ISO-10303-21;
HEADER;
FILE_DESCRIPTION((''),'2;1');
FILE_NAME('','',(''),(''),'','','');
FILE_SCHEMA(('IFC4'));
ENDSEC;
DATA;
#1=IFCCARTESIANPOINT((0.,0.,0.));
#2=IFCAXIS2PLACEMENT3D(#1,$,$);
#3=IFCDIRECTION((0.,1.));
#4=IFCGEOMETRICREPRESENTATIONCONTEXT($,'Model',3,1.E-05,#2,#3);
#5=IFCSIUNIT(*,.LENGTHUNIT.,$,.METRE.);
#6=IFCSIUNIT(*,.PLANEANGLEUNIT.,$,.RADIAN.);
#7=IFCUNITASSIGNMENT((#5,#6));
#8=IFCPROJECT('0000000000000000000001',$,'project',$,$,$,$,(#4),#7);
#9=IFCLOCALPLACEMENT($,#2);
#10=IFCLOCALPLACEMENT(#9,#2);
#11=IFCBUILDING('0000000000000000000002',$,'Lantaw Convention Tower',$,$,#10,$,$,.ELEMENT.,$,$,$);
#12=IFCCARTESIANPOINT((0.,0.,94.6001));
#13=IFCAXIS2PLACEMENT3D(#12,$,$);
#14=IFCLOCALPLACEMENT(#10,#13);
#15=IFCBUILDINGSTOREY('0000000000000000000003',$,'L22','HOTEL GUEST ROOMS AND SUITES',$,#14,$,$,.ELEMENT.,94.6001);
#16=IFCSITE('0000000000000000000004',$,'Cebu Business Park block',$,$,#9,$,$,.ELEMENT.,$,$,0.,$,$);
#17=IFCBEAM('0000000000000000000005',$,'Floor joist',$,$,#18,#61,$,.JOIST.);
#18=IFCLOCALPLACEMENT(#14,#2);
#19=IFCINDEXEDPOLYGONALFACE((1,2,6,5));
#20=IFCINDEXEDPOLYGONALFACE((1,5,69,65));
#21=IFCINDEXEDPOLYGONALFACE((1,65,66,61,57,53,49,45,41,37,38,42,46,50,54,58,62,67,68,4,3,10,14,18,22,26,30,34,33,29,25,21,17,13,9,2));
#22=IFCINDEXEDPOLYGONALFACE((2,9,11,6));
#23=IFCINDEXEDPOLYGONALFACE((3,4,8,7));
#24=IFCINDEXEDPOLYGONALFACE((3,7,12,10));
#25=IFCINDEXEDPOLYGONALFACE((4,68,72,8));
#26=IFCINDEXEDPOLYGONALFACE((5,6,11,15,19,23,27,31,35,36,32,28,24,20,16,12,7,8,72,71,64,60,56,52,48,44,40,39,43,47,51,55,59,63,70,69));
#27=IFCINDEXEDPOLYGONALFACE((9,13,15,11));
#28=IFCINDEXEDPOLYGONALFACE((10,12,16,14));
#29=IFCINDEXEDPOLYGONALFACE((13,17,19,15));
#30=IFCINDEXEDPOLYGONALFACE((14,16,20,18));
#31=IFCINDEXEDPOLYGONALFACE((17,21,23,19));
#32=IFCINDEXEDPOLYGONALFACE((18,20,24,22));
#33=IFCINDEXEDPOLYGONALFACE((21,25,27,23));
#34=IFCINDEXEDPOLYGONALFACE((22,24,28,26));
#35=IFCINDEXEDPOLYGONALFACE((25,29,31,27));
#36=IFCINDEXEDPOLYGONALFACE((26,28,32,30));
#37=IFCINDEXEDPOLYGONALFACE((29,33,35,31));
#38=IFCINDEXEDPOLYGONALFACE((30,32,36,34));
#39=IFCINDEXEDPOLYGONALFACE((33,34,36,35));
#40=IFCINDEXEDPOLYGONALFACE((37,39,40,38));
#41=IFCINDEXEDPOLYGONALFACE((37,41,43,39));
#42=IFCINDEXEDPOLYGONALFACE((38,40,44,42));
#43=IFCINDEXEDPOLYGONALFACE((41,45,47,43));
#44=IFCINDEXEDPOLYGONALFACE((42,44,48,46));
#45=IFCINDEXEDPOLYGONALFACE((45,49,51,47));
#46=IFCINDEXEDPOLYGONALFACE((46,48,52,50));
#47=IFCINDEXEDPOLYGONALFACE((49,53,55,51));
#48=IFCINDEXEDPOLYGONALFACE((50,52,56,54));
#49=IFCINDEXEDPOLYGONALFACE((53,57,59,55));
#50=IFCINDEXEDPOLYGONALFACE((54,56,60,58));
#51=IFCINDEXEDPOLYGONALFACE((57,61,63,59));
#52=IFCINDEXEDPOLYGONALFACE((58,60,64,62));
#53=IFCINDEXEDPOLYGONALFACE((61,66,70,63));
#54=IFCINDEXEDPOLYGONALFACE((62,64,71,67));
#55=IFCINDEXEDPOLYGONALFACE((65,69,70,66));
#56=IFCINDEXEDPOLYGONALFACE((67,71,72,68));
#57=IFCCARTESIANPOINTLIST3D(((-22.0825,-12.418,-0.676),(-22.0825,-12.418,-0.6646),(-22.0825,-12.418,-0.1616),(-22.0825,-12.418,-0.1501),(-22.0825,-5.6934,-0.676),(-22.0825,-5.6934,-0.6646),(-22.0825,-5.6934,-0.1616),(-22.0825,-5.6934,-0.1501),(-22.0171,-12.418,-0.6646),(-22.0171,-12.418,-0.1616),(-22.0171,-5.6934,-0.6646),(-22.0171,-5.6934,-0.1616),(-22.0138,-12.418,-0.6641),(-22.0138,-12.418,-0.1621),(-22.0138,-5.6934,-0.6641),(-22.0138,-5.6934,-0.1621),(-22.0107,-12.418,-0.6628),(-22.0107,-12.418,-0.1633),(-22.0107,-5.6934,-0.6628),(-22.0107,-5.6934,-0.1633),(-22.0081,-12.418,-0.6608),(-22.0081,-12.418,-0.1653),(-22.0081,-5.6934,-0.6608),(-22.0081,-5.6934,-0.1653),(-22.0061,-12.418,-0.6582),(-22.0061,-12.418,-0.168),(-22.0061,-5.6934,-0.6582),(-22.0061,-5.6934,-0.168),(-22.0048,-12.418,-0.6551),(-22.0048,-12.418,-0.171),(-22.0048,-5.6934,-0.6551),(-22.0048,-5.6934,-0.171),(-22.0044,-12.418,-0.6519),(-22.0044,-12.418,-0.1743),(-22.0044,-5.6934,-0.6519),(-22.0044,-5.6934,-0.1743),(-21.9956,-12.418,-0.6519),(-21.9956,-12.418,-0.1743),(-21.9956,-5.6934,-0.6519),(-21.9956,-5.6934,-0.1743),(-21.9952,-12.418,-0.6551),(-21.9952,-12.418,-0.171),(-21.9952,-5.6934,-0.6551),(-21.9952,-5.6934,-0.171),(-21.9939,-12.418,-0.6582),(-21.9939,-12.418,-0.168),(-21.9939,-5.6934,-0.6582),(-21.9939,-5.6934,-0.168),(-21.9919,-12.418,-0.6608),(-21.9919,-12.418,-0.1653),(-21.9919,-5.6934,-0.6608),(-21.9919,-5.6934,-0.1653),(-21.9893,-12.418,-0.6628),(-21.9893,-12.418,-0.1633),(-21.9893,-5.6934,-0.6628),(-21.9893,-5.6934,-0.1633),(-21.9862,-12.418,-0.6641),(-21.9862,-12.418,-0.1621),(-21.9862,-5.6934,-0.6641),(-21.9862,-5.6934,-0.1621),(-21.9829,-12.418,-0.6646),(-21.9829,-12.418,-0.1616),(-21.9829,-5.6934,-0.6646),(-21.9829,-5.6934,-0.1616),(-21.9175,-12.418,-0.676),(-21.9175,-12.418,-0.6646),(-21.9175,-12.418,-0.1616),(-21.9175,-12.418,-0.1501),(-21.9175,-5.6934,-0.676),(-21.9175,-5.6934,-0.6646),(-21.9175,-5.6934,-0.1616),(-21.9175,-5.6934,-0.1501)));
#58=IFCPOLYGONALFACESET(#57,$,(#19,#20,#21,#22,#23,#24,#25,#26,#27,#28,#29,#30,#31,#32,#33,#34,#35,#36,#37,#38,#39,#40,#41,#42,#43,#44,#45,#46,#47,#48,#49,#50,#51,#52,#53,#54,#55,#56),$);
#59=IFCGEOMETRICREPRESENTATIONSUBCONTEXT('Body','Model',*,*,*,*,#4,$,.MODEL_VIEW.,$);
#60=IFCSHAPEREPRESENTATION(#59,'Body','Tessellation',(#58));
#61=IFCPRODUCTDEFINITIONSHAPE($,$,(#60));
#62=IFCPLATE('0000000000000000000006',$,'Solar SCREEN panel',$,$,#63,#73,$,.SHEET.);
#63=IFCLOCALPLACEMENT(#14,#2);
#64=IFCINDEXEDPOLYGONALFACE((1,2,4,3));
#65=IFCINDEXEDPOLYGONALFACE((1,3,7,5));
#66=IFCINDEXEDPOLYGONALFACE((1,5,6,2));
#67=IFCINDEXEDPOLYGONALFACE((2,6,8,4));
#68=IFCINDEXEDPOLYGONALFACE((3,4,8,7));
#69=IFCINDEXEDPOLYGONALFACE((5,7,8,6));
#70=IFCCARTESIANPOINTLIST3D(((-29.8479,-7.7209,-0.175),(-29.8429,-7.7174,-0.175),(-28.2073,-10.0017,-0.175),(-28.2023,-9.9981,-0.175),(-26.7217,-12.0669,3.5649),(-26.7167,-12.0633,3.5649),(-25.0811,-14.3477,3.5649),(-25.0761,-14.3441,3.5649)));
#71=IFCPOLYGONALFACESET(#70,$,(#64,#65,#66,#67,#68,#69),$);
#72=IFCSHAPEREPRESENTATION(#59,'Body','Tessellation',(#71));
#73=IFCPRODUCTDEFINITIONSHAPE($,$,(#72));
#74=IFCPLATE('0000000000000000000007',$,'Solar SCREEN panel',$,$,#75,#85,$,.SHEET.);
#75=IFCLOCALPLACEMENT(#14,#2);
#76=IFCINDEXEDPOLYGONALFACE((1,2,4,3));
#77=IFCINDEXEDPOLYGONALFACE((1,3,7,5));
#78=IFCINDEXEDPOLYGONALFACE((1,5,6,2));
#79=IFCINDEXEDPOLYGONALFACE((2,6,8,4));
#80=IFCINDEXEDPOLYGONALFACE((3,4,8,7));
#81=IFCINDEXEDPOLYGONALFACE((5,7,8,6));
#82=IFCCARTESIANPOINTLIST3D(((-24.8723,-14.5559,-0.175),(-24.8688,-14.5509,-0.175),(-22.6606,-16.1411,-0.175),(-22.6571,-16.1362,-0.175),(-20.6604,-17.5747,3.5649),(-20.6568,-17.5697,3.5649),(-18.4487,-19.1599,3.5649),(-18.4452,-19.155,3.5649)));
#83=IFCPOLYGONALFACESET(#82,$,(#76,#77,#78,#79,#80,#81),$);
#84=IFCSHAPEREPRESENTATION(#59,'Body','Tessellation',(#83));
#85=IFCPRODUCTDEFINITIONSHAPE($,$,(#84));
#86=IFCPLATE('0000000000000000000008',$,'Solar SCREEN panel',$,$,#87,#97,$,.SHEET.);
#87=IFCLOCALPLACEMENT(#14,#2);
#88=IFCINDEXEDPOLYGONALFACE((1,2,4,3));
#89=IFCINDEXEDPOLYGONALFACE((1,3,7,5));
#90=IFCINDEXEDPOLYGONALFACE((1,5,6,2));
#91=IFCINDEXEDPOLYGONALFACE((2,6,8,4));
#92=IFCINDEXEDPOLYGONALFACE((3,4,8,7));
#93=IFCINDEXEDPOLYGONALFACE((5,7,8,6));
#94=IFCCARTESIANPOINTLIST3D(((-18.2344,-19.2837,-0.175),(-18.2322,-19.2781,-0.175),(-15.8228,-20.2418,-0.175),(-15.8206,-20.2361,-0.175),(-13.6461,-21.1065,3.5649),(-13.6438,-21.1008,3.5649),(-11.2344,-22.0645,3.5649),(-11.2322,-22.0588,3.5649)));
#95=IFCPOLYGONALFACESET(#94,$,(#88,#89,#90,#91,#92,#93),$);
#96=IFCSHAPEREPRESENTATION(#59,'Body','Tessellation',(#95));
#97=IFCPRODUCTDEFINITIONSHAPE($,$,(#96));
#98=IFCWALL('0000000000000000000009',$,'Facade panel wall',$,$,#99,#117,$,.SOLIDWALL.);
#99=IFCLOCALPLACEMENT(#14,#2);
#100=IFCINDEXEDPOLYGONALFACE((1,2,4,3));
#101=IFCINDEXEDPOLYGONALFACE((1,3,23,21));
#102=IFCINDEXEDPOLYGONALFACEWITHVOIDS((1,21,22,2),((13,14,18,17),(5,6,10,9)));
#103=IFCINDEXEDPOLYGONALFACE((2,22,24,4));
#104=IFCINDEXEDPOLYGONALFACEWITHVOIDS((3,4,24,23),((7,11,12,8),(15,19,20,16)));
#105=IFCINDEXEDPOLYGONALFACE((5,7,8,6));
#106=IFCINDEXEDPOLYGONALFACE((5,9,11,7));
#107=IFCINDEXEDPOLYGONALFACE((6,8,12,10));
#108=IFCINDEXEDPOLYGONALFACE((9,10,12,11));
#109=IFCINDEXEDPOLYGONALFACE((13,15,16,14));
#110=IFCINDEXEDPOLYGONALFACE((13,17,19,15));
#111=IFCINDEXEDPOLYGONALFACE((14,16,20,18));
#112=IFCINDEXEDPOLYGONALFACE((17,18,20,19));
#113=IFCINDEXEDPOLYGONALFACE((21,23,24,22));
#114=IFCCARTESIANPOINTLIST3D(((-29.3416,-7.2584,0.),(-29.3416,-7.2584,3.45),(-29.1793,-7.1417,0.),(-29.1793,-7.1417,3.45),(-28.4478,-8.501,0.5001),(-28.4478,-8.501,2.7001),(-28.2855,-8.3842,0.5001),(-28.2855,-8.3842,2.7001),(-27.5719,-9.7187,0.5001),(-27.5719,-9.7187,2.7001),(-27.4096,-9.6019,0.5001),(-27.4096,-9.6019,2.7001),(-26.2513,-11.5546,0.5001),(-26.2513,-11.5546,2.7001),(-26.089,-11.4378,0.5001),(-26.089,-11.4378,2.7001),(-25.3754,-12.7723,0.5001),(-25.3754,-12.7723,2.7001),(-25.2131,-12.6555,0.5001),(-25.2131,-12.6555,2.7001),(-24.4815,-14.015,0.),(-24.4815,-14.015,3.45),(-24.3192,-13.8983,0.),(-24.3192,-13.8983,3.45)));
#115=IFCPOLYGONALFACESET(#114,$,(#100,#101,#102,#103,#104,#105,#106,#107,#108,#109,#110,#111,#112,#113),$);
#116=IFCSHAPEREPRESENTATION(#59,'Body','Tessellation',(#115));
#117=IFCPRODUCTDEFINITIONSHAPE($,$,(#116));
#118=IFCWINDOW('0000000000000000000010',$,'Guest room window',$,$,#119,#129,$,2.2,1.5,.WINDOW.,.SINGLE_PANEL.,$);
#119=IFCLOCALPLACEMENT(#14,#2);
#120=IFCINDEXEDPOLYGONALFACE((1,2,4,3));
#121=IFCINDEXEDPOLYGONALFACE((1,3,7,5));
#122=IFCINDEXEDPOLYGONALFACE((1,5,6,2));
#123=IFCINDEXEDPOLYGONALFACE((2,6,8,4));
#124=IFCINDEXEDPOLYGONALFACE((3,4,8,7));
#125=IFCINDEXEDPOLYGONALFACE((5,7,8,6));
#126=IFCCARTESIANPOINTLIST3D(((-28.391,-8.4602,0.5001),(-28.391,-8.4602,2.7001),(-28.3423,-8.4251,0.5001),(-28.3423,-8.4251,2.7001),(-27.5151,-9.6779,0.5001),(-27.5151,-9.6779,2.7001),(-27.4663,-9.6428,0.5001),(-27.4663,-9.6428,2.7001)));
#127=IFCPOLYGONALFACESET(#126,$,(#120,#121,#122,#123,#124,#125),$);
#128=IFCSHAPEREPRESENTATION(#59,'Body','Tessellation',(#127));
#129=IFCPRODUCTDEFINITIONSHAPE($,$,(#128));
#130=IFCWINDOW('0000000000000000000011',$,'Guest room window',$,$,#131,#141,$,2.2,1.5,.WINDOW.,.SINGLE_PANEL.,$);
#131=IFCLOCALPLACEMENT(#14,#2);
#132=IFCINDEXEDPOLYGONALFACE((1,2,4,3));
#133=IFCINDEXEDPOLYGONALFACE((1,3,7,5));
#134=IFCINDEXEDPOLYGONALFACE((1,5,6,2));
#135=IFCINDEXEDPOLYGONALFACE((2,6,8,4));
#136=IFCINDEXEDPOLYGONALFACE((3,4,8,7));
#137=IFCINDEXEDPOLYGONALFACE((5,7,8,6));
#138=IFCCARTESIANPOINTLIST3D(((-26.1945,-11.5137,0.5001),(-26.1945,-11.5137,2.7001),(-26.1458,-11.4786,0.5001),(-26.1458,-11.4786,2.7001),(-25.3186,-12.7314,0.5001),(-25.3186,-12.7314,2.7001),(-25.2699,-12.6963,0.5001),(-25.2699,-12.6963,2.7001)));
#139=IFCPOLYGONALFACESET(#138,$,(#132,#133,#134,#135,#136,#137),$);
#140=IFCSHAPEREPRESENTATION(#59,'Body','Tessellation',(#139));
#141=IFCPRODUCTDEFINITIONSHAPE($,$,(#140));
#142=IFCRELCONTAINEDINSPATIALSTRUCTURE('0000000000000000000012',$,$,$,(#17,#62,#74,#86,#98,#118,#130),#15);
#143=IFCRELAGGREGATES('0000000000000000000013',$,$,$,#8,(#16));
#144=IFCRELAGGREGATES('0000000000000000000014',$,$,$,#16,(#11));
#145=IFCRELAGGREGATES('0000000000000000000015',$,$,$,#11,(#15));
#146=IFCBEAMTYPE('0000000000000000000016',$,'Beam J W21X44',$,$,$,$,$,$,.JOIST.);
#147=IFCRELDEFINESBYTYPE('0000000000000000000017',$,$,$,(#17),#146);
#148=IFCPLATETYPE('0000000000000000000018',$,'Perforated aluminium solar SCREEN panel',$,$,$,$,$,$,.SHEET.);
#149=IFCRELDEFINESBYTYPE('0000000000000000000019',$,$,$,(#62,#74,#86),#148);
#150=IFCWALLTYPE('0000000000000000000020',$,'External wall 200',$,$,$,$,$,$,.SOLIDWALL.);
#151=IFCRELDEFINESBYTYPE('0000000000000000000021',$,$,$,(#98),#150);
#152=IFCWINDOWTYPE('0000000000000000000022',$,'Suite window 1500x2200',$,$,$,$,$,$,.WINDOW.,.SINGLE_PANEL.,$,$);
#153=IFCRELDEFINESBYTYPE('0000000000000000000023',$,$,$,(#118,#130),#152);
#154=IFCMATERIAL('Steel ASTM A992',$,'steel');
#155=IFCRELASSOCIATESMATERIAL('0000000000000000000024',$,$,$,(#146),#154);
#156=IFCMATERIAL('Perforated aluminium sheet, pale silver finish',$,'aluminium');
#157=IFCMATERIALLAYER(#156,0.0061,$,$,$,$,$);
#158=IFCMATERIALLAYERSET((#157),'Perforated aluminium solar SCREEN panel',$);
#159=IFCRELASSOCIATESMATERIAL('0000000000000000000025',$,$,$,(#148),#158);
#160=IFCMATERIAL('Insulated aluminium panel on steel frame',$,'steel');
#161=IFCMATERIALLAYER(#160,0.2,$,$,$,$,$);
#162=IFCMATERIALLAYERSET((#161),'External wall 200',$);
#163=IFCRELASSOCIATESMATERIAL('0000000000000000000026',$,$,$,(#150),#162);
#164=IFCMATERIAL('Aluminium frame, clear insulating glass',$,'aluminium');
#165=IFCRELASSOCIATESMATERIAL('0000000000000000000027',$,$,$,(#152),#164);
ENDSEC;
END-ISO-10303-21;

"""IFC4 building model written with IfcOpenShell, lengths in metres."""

from ifc_helpers import new_model, si_unit, direction, frame, frame_2d, origin, origin_2d, place, context, subcontext, project, spatial, polyline, rectangle, i_section, outline, extrude, material, layer, layer_set, material_profile, profile_set, type_object, element, fill, save


model = new_model("IFC4")

# Units and contexts
model_context = context("Model", 3, precision=1e-05, world=origin(), true_north=direction((0.0, 1.0)))
body_context = subcontext(model_context, "Body", "Model", "MODEL_VIEW")
ifc_project = project(units=[si_unit("LENGTHUNIT", "METRE"), si_unit("PLANEANGLEUNIT", "RADIAN")], contexts=[model_context])

# Site, building, storey
site_placement = place(None, origin())
site = spatial("IfcSite", under=ifc_project, at=site_placement, Name="Cebu Business Park block", CompositionType="ELEMENT", RefElevation=0.0)
building_placement = place(site_placement, origin())
building = spatial("IfcBuilding", under=site, at=building_placement, Name="Lantaw Convention Tower", CompositionType="ELEMENT")
storey_placement = place(building_placement, frame((0.0, 0.0, 94.6001)))
storey = spatial("IfcBuildingStorey", under=building, at=storey_placement, Name="L22", Description="HOTEL GUEST ROOMS AND SUITES", CompositionType="ELEMENT", Elevation=94.6001)

# Beam
ifc_material_1 = material(Name="Steel ASTM A992", Category="steel")
ifc_material_profile_1 = material_profile(ifc_material_1, i_section(OverallWidth=0.165, OverallDepth=0.5259, WebThickness=0.0088, FlangeThickness=0.0115, FilletRadius=0.0127, at=origin_2d()), Name="W21X44")
ifc_profile_set_1 = profile_set([ifc_material_profile_1], Name="Steel ASTM A992")
beam_type_1 = type_object("IfcBeamType", Name="Beam J W21X44", PredefinedType="JOIST", material=ifc_profile_set_1)
beam_1_placement = place(storey_placement, frame((-22.0, -12.418, -0.4131), z_axis=(0.0, 1.0, 0.0), x_axis=(-1.0, 0.0, 0.0)))
element("IfcBeam", 1, at=beam_1_placement, inside=storey, type_object=beam_type_1, Name="Floor joist", PredefinedType="JOIST", context=body_context, shape_type="SweptSolid", body=[
    extrude(i_section(OverallWidth=0.165, OverallDepth=0.5259, WebThickness=0.0088, FlangeThickness=0.0115, FilletRadius=0.0127, at=origin_2d()), origin(), (0.0, 0.0, 1.0), 6.7246),
])

# Plates
ifc_material_2 = material(Name="Perforated aluminium sheet, pale silver finish", Category="aluminium")
ifc_layer_1 = layer(ifc_material_2, 0.0061)
ifc_layer_set_1 = layer_set([ifc_layer_1], Name="Perforated aluminium solar SCREEN panel")
plate_type = type_object("IfcPlateType", Name="Perforated aluminium solar SCREEN panel", PredefinedType="SHEET", material=ifc_layer_set_1)
plate_1_placement = place(storey_placement, frame((-29.8479, -7.7209, -0.175), z_axis=(-0.811791, -0.583948, 0.000009), x_axis=(0.583948, -0.811791, 0.0)))
element("IfcPlate", 2, at=plate_1_placement, inside=storey, type_object=plate_type, Name="Solar SCREEN panel", PredefinedType="SHEET", context=body_context, shape_type="SweptSolid", body=[
    extrude(outline(polyline([(0.0, 0.0), (2.8095, 0.0), (8.1631, 3.74), (5.3536, 3.74), (0.0, 0.0)])), origin(), (0.0, 0.0, -1.0), 0.0061),
])
plate_2_placement = place(storey_placement, frame((-24.8723, -14.5559, -0.175), z_axis=(-0.582561, -0.812787, 0.000016), x_axis=(0.812787, -0.582561, 0.0)))
element("IfcPlate", 3, at=plate_2_placement, inside=storey, type_object=plate_type, Name="Solar SCREEN panel", PredefinedType="SHEET", context=body_context, shape_type="SweptSolid", body=[
    extrude(outline(polyline([(0.0, 0.0), (2.7211, 0.0), (7.9031, 3.74), (5.182, 3.74), (0.0, 0.0)])), origin(), (0.0, 0.0, -1.0), 0.0061),
])
plate_3_placement = place(storey_placement, frame((-18.2322, -19.2781, -0.175), z_axis=(0.369184, 0.929357, 0.000009), x_axis=(0.929357, -0.369184, 0.0)))
element("IfcPlate", 4, at=plate_3_placement, inside=storey, type_object=plate_type, Name="Solar SCREEN panel", PredefinedType="SHEET", context=body_context, shape_type="SweptSolid", body=[
    extrude(outline(polyline([(0.0, 0.0), (2.5949, 0.0), (7.5321, -3.74), (4.9372, -3.74), (0.0, 0.0)])), origin(), (0.0, 0.0, -1.0), 0.0061),
])

# Wall, openings, windows
ifc_material_3 = material(Name="Insulated aluminium panel on steel frame", Category="steel")
ifc_layer_2 = layer(ifc_material_3, 0.2)
ifc_layer_set_2 = layer_set([ifc_layer_2], Name="External wall 200")
wall_type_1 = type_object("IfcWallType", Name="External wall 200", PredefinedType="SOLIDWALL", material=ifc_layer_set_2)
wall_1_placement = place(storey_placement, frame((-29.2605, -7.2, 0.0), z_axis=(0.0, 0.0, 1.0), x_axis=(0.583938, -0.811799, 0.0)))
wall_1 = element("IfcWall", 5, at=wall_1_placement, inside=storey, type_object=wall_type_1, Name="Facade panel wall", PredefinedType="SOLIDWALL", context=body_context, shape_type="SweptSolid", body=[
    extrude(rectangle(XDim=8.323, YDim=0.2, at=frame_2d((4.1616, 0.0))), origin(), (0.0, 0.0, 1.0), 3.45),
])
opening_1_placement = place(wall_1_placement, frame((1.5308, 0.0, 0.5)))
opening_1 = element("IfcOpeningElement", 6, at=opening_1_placement, cuts=wall_1, PredefinedType="OPENING", context=body_context, shape_type="SweptSolid", body=[
    extrude(rectangle(XDim=1.5, YDim=2.2, at=frame_2d((0.75, 1.1001))), frame((0.0, 0.1099, 0.0), z_axis=(0.0, -1.0, 0.0), x_axis=(1.0, 0.0, 0.0)), (0.0, 0.0, 1.0), 0.22),
])
opening_2_placement = place(wall_1_placement, frame((5.2922, 0.0, 0.5)))
opening_2 = element("IfcOpeningElement", 7, at=opening_2_placement, cuts=wall_1, PredefinedType="OPENING", context=body_context, shape_type="SweptSolid", body=[
    extrude(rectangle(XDim=1.5, YDim=2.2, at=frame_2d((0.75, 1.1001))), frame((0.0, 0.1099, 0.0), z_axis=(0.0, -1.0, 0.0), x_axis=(1.0, 0.0, 0.0)), (0.0, 0.0, 1.0), 0.22),
])
ifc_material_4 = material(Name="Aluminium frame, clear insulating glass", Category="aluminium")
window_type = type_object("IfcWindowType", Name="Suite window 1500x2200", PartitioningType="SINGLE_PANEL", PredefinedType="WINDOW", material=ifc_material_4)
window_1_placement = place(opening_1_placement, origin())
window_1 = element("IfcWindow", 8, at=window_1_placement, inside=storey, type_object=window_type, Name="Guest room window", OverallHeight=2.2, OverallWidth=1.5, PartitioningType="SINGLE_PANEL", PredefinedType="WINDOW", context=body_context, shape_type="SweptSolid", body=[
    extrude(rectangle(XDim=1.5, YDim=2.2, at=frame_2d((0.75, 1.1001))), frame((0.0, 0.03, 0.0), z_axis=(0.0, -1.0, 0.0), x_axis=(1.0, 0.0, 0.0)), (0.0, 0.0, 1.0), 0.0601),
])
fill(opening_1, window_1)
window_2_placement = place(opening_2_placement, origin())
window_2 = element("IfcWindow", 9, at=window_2_placement, inside=storey, type_object=window_type, Name="Guest room window", OverallHeight=2.2, OverallWidth=1.5, PartitioningType="SINGLE_PANEL", PredefinedType="WINDOW", context=body_context, shape_type="SweptSolid", body=[
    extrude(rectangle(XDim=1.5, YDim=2.2, at=frame_2d((0.75, 1.1001))), frame((0.0, 0.03, 0.0), z_axis=(0.0, -1.0, 0.0), x_axis=(1.0, 0.0, 0.0)), (0.0, 0.0, 1.0), 0.0601),
])
fill(opening_2, window_2)

save(model, "model.ifc")
